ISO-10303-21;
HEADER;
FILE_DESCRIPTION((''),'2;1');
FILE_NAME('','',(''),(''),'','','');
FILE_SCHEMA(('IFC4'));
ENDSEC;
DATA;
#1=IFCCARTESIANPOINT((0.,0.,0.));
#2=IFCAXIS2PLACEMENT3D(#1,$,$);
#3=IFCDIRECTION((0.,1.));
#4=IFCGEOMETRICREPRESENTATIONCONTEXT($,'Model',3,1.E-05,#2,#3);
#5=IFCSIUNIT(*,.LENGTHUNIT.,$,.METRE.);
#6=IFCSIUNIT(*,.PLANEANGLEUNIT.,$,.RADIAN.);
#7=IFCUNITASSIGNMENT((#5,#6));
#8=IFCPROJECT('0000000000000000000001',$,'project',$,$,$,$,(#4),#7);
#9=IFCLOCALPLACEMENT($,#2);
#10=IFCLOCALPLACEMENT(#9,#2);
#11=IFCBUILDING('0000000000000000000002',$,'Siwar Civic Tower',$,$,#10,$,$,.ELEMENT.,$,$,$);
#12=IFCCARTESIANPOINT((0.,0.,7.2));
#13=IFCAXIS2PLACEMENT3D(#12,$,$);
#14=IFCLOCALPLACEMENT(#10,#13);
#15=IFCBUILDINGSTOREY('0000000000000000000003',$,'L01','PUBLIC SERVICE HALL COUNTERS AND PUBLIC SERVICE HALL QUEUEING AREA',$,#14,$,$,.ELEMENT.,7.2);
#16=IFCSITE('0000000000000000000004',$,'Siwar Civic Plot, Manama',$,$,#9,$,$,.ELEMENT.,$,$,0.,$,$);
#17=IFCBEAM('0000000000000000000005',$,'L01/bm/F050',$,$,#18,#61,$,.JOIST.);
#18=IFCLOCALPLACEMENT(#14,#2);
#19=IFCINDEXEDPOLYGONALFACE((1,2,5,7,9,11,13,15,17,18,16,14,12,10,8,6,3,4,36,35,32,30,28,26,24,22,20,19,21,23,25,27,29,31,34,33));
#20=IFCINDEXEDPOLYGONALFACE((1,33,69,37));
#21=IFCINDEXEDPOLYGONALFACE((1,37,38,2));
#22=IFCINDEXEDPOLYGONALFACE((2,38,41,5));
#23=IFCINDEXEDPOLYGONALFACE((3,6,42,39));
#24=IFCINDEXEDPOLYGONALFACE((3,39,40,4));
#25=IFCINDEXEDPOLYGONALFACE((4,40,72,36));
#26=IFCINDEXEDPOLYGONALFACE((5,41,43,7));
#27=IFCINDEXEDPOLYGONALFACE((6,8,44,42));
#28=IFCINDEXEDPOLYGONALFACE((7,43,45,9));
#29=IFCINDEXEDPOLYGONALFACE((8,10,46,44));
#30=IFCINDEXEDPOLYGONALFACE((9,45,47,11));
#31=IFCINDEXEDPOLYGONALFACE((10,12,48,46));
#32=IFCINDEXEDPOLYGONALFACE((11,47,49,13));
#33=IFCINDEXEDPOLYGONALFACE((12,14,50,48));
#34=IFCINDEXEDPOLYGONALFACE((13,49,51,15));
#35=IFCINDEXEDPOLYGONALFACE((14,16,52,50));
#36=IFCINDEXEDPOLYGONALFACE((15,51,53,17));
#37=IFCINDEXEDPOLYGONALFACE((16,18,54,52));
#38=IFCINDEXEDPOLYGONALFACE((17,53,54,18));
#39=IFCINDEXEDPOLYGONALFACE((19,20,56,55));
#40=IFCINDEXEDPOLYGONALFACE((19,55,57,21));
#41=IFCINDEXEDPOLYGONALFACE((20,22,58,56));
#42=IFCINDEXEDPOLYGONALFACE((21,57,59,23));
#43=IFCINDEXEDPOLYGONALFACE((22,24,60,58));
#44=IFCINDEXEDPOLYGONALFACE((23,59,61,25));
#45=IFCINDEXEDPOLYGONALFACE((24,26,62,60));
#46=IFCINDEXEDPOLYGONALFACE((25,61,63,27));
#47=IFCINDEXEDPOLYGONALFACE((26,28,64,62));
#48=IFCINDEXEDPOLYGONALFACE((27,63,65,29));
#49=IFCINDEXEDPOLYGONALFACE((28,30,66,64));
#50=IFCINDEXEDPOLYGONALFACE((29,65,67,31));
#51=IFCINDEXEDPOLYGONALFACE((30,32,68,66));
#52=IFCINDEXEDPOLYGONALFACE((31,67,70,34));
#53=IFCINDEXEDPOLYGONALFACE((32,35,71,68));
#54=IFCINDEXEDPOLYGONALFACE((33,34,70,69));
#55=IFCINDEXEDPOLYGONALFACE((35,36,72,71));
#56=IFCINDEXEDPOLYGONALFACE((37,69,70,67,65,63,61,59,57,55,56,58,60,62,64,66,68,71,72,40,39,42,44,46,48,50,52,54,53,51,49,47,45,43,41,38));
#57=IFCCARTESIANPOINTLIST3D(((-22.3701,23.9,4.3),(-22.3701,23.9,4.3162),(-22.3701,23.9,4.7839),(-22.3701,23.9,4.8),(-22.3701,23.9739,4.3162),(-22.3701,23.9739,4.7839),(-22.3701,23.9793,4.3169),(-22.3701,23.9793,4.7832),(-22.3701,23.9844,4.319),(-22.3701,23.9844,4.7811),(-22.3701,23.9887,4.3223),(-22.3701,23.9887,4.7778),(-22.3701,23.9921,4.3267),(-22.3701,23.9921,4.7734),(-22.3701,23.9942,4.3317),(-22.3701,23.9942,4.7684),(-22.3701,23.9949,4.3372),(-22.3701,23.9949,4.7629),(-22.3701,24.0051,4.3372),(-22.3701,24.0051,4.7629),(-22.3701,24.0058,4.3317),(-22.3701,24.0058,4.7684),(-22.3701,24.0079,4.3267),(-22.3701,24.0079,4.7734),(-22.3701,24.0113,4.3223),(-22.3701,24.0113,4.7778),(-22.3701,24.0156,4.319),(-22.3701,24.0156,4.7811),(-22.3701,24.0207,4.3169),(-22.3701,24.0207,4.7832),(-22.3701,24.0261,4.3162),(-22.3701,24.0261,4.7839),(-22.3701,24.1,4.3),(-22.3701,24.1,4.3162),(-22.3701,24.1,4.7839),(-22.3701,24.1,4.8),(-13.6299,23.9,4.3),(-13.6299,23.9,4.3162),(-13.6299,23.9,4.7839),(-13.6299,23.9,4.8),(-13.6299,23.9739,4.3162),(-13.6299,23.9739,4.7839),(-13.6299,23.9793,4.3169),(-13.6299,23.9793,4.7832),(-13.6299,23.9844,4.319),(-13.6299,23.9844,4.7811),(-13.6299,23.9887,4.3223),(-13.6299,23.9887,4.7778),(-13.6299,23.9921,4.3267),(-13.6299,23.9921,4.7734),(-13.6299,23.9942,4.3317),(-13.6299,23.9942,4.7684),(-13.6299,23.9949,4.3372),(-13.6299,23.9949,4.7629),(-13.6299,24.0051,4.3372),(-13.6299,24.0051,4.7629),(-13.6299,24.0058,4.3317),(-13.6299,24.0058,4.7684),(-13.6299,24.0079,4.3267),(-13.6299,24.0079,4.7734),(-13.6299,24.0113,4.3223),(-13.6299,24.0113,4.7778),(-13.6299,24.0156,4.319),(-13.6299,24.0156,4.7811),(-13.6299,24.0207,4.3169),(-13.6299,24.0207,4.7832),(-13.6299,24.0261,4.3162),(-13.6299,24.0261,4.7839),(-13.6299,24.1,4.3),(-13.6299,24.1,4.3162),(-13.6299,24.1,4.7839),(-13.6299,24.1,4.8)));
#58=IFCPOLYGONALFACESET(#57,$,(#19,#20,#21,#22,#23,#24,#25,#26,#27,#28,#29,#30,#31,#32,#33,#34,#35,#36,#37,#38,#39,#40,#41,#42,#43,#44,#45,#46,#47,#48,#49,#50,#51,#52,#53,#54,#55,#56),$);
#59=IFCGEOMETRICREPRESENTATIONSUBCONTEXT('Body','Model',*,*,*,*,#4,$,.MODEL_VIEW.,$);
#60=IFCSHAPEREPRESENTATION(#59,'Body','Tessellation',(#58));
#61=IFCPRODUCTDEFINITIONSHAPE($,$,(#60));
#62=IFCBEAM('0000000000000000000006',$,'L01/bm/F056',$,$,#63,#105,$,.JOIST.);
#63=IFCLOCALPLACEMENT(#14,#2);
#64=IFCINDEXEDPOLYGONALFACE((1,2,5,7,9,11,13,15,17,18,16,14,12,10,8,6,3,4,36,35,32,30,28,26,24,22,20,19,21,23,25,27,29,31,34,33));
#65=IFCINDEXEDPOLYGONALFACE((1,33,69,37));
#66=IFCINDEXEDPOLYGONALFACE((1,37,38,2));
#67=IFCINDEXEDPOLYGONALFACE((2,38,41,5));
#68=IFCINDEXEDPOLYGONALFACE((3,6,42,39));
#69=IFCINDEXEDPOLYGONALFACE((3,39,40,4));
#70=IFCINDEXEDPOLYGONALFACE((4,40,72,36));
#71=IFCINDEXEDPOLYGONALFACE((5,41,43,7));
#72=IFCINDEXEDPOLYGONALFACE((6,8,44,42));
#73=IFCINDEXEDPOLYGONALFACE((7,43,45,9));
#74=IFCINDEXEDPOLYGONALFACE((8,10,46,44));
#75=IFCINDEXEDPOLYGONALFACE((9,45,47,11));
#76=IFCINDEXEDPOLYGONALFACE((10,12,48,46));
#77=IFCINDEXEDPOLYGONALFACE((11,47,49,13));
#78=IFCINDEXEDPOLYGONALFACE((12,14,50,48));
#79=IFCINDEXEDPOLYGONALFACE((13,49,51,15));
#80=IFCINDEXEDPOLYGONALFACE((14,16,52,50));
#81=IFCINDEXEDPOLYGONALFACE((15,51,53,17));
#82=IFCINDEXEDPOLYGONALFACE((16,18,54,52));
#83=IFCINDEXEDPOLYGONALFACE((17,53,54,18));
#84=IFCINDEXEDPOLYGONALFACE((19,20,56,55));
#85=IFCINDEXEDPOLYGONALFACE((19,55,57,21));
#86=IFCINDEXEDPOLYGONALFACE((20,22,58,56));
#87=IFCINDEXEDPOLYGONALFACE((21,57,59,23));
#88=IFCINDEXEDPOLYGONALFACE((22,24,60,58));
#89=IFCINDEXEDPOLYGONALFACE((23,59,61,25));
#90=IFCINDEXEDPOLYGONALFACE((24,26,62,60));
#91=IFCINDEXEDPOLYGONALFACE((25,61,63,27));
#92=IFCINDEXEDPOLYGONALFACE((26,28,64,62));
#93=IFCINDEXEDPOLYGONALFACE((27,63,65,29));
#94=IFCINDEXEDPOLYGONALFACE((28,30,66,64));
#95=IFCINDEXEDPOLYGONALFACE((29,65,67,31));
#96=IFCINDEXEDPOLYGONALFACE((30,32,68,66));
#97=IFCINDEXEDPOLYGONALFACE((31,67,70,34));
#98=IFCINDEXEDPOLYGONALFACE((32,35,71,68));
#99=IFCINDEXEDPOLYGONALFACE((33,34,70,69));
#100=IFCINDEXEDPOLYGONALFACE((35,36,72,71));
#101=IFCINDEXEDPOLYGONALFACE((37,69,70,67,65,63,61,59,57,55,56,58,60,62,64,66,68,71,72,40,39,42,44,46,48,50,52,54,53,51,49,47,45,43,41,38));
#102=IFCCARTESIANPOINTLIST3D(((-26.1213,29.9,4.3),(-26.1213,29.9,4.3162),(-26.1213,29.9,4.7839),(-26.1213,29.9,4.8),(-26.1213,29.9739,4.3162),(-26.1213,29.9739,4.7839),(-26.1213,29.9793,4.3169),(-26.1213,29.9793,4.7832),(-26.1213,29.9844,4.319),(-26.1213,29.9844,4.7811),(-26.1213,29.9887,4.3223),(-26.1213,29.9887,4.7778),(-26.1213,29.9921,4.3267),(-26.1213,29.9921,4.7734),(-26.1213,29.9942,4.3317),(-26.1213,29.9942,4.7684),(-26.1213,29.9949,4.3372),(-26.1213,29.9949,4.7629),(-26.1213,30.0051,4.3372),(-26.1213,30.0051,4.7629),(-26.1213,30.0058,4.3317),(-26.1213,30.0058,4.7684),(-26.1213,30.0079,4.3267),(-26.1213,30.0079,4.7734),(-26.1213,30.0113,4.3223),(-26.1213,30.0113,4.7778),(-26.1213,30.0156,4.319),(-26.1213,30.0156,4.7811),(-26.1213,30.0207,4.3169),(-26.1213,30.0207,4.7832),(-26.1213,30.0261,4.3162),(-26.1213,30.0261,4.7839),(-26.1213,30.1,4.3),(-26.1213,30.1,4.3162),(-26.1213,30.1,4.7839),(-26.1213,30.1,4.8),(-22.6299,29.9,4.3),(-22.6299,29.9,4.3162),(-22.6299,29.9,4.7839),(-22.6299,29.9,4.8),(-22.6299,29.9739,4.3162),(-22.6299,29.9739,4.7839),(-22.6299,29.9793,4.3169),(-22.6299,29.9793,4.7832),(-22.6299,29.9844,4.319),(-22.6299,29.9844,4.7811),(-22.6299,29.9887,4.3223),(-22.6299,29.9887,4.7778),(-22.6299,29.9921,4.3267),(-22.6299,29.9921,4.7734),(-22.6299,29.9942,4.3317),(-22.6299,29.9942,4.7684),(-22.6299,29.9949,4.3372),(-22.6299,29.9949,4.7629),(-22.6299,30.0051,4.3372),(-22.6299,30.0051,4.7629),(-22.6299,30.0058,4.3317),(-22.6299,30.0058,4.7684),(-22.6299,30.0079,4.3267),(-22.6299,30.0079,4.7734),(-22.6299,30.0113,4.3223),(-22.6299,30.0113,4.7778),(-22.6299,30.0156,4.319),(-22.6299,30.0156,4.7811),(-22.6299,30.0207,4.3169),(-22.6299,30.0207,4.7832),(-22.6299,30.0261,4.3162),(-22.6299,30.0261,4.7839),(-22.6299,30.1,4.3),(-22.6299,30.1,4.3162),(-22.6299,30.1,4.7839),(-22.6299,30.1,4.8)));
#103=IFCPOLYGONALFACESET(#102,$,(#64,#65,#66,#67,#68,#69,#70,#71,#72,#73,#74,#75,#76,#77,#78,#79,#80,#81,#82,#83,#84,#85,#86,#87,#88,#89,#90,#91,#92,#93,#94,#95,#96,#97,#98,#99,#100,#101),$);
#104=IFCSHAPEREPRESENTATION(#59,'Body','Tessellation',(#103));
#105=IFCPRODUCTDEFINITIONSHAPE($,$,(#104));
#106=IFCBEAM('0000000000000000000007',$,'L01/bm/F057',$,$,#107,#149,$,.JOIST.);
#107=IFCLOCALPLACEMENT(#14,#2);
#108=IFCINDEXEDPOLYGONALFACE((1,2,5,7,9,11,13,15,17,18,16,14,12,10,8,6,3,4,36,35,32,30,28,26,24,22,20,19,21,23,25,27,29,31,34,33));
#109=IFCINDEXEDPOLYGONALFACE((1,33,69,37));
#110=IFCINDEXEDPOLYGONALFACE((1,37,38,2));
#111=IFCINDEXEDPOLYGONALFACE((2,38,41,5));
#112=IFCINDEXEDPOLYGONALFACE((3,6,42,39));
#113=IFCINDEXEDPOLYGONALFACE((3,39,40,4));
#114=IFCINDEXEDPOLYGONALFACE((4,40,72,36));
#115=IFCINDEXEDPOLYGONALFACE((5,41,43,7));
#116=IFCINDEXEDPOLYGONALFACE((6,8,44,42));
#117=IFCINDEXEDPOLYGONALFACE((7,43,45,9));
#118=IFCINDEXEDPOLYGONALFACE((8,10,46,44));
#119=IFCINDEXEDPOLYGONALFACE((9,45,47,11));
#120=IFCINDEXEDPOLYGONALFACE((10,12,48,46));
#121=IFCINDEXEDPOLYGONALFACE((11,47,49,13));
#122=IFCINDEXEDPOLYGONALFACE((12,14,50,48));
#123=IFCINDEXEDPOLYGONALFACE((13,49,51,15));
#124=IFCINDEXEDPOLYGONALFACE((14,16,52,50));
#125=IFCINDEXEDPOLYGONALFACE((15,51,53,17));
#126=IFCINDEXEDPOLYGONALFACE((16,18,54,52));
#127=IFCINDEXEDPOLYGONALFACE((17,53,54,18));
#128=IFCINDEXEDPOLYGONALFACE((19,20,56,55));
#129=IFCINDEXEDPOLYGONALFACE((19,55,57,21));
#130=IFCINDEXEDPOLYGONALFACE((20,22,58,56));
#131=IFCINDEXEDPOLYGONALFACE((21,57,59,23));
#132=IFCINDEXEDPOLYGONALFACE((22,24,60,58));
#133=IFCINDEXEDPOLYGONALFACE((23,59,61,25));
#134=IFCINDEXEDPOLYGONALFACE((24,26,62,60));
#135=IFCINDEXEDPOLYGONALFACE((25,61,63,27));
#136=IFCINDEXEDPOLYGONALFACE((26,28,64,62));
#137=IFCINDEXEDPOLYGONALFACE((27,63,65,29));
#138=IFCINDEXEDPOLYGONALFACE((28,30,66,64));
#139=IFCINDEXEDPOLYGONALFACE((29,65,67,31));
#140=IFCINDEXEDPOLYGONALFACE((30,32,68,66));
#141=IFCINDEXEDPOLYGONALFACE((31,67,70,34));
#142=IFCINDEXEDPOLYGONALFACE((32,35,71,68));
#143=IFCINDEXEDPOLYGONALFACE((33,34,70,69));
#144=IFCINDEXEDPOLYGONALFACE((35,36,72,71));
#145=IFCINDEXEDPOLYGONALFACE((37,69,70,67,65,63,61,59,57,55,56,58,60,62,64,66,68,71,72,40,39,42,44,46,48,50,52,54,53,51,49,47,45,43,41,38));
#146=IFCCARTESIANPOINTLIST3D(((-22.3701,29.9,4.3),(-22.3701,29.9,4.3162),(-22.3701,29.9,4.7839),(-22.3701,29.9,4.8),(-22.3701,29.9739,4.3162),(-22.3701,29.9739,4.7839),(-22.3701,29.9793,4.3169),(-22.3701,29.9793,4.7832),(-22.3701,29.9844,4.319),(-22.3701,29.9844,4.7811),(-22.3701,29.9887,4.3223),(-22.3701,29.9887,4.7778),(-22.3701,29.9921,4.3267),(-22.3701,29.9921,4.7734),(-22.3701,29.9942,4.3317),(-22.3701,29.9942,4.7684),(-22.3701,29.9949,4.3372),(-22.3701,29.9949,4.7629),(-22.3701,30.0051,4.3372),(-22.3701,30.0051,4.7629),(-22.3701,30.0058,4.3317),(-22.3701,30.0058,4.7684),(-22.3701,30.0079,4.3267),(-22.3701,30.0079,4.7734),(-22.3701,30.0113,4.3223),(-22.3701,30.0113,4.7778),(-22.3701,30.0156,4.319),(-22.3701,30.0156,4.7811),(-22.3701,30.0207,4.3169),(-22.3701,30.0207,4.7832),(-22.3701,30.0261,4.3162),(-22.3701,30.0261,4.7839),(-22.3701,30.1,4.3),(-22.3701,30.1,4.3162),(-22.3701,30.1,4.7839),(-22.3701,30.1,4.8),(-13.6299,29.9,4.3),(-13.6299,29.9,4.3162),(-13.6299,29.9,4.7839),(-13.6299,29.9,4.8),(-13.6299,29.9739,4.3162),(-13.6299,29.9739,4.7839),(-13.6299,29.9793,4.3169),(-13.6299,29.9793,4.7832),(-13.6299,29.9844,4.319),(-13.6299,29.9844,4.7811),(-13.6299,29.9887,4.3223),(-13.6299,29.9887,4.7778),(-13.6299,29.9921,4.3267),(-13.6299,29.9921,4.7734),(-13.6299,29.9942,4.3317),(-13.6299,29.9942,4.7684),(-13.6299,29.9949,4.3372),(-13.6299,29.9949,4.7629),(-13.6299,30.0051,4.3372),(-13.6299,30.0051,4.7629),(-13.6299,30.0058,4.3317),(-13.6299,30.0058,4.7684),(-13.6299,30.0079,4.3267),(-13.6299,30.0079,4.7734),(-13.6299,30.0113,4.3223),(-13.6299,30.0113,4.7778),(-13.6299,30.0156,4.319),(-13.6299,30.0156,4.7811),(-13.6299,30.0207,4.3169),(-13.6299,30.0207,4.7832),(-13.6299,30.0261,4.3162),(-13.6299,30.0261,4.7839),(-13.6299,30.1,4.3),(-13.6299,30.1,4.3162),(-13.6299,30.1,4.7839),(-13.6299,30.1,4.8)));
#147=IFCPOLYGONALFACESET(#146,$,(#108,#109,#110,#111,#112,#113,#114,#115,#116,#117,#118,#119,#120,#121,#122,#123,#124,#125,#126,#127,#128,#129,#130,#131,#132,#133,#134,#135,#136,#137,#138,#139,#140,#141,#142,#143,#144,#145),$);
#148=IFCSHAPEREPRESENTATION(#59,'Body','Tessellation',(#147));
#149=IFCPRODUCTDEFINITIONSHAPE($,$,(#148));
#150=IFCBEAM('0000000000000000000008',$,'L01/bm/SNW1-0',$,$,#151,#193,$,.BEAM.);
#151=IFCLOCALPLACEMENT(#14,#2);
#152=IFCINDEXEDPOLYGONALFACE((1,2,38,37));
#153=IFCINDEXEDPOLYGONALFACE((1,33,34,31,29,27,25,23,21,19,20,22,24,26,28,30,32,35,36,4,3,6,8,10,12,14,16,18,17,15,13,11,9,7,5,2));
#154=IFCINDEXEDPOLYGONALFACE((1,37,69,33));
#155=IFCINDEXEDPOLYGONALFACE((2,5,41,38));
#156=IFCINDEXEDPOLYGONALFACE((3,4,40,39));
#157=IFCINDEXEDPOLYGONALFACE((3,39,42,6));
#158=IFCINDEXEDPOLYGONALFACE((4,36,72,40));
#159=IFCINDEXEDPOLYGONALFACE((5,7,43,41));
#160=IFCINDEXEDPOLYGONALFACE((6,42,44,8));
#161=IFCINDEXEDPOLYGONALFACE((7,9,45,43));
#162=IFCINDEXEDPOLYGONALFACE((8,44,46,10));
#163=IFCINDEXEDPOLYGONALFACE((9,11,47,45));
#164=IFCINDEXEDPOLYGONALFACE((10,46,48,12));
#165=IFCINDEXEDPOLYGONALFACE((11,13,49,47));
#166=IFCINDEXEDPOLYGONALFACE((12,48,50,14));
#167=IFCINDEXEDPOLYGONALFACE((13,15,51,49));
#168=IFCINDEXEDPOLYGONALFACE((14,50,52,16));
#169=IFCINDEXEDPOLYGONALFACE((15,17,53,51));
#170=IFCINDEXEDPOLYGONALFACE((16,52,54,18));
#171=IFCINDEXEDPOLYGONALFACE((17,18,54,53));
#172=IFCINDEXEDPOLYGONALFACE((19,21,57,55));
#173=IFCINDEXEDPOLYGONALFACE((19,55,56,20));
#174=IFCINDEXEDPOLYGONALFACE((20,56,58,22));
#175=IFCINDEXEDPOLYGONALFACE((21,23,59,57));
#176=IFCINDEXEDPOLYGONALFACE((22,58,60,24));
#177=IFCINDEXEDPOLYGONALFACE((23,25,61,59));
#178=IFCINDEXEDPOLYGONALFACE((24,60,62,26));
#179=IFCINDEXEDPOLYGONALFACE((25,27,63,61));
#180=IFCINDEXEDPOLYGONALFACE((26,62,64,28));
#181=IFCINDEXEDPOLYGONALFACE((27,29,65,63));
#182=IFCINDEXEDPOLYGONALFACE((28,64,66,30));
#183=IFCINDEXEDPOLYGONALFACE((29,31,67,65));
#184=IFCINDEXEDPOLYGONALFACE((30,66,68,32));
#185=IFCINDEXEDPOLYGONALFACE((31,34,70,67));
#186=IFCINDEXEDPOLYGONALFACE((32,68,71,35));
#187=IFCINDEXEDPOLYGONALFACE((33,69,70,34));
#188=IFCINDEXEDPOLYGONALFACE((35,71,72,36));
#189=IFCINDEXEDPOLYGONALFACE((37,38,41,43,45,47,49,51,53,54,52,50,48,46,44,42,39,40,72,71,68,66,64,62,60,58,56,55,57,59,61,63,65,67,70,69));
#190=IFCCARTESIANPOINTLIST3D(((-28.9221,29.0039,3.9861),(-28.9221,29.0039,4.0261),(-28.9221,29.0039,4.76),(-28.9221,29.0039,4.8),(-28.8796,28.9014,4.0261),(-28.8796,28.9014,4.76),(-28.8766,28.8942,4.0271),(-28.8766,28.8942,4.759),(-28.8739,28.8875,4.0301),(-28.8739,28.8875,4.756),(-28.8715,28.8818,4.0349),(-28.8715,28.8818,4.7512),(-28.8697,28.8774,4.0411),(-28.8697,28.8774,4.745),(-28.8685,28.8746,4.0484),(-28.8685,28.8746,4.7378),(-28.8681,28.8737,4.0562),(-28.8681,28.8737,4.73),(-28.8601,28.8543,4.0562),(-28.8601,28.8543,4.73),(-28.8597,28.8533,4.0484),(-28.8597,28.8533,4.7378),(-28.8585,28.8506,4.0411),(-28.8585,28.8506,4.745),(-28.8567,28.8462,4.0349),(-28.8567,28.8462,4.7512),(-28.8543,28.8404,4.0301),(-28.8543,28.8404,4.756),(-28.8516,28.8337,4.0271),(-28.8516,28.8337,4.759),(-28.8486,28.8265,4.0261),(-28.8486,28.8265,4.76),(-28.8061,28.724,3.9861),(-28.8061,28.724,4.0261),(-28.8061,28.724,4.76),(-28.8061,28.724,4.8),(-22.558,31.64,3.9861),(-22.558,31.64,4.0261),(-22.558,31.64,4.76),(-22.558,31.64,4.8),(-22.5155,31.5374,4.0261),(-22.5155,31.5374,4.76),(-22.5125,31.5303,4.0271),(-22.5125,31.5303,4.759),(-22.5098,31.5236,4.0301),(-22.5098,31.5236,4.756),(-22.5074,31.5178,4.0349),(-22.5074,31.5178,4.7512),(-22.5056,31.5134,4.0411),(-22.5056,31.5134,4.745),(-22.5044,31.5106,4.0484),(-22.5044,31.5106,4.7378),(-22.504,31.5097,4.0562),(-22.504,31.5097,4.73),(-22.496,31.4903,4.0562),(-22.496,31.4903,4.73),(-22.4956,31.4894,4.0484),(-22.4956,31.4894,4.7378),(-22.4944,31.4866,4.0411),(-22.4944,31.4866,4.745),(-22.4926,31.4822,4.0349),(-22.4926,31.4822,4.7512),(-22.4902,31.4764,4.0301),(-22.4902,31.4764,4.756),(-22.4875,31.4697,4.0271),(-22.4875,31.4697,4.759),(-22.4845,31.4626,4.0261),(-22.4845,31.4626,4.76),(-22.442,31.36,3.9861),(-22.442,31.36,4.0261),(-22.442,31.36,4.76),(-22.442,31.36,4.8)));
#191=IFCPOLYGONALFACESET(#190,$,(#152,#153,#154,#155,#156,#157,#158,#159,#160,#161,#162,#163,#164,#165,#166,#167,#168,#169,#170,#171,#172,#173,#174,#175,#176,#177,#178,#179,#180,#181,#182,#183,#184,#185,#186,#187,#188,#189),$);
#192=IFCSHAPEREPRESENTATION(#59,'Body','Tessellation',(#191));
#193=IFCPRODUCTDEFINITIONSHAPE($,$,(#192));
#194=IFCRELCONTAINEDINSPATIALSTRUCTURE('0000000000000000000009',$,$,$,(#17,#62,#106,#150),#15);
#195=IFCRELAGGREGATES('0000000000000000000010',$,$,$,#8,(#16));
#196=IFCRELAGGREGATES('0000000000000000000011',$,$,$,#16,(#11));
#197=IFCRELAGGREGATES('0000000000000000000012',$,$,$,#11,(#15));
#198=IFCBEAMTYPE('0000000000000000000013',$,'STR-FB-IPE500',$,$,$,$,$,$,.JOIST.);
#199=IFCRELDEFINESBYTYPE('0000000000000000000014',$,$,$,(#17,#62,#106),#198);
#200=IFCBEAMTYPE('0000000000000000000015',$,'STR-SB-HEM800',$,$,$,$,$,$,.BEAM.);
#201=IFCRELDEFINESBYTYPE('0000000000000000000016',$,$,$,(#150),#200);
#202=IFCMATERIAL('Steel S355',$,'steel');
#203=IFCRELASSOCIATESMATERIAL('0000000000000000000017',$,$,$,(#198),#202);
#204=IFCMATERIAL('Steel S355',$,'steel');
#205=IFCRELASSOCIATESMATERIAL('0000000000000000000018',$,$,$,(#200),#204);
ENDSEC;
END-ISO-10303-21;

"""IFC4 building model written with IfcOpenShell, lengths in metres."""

from ifc_helpers import new_model, si_unit, direction, frame, origin, origin_2d, place, context, subcontext, project, spatial, i_section, extrude, material, material_profile, profile_set, type_object, element, save


model = new_model("IFC4")

# Units and contexts
model_context = context("Model", 3, precision=1e-05, world=origin(), true_north=direction((0.0, 1.0)))
body_context = subcontext(model_context, "Body", "Model", "MODEL_VIEW")
ifc_project = project(units=[si_unit("LENGTHUNIT", "METRE"), si_unit("PLANEANGLEUNIT", "RADIAN")], contexts=[model_context])

# Site, building, storey
site_placement = place(None, origin())
site = spatial("IfcSite", under=ifc_project, at=site_placement, Name="Siwar Civic Plot, Manama", CompositionType="ELEMENT", RefElevation=0.0)
building_placement = place(site_placement, origin())
building = spatial("IfcBuilding", under=site, at=building_placement, Name="Siwar Civic Tower", CompositionType="ELEMENT")
storey_placement = place(building_placement, frame((0.0, 0.0, 7.2)))
storey = spatial("IfcBuildingStorey", under=building, at=storey_placement, Name="L01", Description="PUBLIC SERVICE HALL COUNTERS AND PUBLIC SERVICE HALL QUEUEING AREA", CompositionType="ELEMENT", Elevation=7.2)

# Beams
ifc_material_1 = material(Name="Steel S355", Category="steel")
ifc_material_profile_1 = material_profile(ifc_material_1, i_section(OverallWidth=0.2, OverallDepth=0.5, WebThickness=0.0103, FlangeThickness=0.0161, FilletRadius=0.021, at=origin_2d()), Name="IPE500")
ifc_profile_set_1 = profile_set([ifc_material_profile_1], Name="Steel S355")
beam_type_1 = type_object("IfcBeamType", Name="STR-FB-IPE500", PredefinedType="JOIST", material=ifc_profile_set_1)
beam_1_placement = place(storey_placement, frame((-22.3701, 24.0, 4.55), z_axis=(1.0, 0.0, 0.0), x_axis=(0.0, 1.0, 0.0)))
element("IfcBeam", 1, at=beam_1_placement, inside=storey, type_object=beam_type_1, Name="L01/bm/F050", PredefinedType="JOIST", context=body_context, shape_type="SweptSolid", body=[
    extrude(i_section(OverallWidth=0.2, OverallDepth=0.5, WebThickness=0.0103, FlangeThickness=0.0161, FilletRadius=0.021, at=origin_2d()), origin(), (0.0, 0.0, 1.0), 8.7402),
])
beam_2_placement = place(storey_placement, frame((-26.1213, 30.0, 4.55), z_axis=(1.0, 0.0, 0.0), x_axis=(0.0, 1.0, 0.0)))
element("IfcBeam", 2, at=beam_2_placement, inside=storey, type_object=beam_type_1, Name="L01/bm/F056", PredefinedType="JOIST", context=body_context, shape_type="SweptSolid", body=[
    extrude(i_section(OverallWidth=0.2, OverallDepth=0.5, WebThickness=0.0103, FlangeThickness=0.0161, FilletRadius=0.021, at=origin_2d()), origin(), (0.0, 0.0, 1.0), 3.4915),
])
beam_3_placement = place(storey_placement, frame((-22.3701, 30.0, 4.55), z_axis=(1.0, 0.0, 0.0), x_axis=(0.0, 1.0, 0.0)))
element("IfcBeam", 3, at=beam_3_placement, inside=storey, type_object=beam_type_1, Name="L01/bm/F057", PredefinedType="JOIST", context=body_context, shape_type="SweptSolid", body=[
    extrude(i_section(OverallWidth=0.2, OverallDepth=0.5, WebThickness=0.0103, FlangeThickness=0.0161, FilletRadius=0.021, at=origin_2d()), origin(), (0.0, 0.0, 1.0), 8.7402),
])
ifc_material_2 = material(Name="Steel S355", Category="steel")
ifc_material_profile_2 = material_profile(ifc_material_2, i_section(OverallWidth=0.303, OverallDepth=0.814, WebThickness=0.021, FlangeThickness=0.04, FilletRadius=0.03, at=origin_2d()), Name="HEM800")
ifc_profile_set_2 = profile_set([ifc_material_profile_2], Name="Steel S355")
beam_type_2 = type_object("IfcBeamType", Name="STR-SB-HEM800", PredefinedType="BEAM", material=ifc_profile_set_2)
for number, where, z_axis, x_axis, name in (
    (4, (-22.5, 31.5, 4.3931), (-0.923883, -0.382674, 0.0), (0.382674, -0.923883, 0.0), "L01/bm/SNW1-0"),
):
    element("IfcBeam", number, at=place(storey_placement, frame(where, z_axis=z_axis, x_axis=x_axis)), inside=storey, type_object=beam_type_2, Name=name, PredefinedType="BEAM", context=body_context, shape_type="SweptSolid", body=[
        extrude(i_section(OverallWidth=0.303, OverallDepth=0.814, WebThickness=0.021, FlangeThickness=0.04, FilletRadius=0.03, at=origin_2d()), origin(), (0.0, 0.0, 1.0), 6.8884),
    ])

save(model, "model.ifc")
